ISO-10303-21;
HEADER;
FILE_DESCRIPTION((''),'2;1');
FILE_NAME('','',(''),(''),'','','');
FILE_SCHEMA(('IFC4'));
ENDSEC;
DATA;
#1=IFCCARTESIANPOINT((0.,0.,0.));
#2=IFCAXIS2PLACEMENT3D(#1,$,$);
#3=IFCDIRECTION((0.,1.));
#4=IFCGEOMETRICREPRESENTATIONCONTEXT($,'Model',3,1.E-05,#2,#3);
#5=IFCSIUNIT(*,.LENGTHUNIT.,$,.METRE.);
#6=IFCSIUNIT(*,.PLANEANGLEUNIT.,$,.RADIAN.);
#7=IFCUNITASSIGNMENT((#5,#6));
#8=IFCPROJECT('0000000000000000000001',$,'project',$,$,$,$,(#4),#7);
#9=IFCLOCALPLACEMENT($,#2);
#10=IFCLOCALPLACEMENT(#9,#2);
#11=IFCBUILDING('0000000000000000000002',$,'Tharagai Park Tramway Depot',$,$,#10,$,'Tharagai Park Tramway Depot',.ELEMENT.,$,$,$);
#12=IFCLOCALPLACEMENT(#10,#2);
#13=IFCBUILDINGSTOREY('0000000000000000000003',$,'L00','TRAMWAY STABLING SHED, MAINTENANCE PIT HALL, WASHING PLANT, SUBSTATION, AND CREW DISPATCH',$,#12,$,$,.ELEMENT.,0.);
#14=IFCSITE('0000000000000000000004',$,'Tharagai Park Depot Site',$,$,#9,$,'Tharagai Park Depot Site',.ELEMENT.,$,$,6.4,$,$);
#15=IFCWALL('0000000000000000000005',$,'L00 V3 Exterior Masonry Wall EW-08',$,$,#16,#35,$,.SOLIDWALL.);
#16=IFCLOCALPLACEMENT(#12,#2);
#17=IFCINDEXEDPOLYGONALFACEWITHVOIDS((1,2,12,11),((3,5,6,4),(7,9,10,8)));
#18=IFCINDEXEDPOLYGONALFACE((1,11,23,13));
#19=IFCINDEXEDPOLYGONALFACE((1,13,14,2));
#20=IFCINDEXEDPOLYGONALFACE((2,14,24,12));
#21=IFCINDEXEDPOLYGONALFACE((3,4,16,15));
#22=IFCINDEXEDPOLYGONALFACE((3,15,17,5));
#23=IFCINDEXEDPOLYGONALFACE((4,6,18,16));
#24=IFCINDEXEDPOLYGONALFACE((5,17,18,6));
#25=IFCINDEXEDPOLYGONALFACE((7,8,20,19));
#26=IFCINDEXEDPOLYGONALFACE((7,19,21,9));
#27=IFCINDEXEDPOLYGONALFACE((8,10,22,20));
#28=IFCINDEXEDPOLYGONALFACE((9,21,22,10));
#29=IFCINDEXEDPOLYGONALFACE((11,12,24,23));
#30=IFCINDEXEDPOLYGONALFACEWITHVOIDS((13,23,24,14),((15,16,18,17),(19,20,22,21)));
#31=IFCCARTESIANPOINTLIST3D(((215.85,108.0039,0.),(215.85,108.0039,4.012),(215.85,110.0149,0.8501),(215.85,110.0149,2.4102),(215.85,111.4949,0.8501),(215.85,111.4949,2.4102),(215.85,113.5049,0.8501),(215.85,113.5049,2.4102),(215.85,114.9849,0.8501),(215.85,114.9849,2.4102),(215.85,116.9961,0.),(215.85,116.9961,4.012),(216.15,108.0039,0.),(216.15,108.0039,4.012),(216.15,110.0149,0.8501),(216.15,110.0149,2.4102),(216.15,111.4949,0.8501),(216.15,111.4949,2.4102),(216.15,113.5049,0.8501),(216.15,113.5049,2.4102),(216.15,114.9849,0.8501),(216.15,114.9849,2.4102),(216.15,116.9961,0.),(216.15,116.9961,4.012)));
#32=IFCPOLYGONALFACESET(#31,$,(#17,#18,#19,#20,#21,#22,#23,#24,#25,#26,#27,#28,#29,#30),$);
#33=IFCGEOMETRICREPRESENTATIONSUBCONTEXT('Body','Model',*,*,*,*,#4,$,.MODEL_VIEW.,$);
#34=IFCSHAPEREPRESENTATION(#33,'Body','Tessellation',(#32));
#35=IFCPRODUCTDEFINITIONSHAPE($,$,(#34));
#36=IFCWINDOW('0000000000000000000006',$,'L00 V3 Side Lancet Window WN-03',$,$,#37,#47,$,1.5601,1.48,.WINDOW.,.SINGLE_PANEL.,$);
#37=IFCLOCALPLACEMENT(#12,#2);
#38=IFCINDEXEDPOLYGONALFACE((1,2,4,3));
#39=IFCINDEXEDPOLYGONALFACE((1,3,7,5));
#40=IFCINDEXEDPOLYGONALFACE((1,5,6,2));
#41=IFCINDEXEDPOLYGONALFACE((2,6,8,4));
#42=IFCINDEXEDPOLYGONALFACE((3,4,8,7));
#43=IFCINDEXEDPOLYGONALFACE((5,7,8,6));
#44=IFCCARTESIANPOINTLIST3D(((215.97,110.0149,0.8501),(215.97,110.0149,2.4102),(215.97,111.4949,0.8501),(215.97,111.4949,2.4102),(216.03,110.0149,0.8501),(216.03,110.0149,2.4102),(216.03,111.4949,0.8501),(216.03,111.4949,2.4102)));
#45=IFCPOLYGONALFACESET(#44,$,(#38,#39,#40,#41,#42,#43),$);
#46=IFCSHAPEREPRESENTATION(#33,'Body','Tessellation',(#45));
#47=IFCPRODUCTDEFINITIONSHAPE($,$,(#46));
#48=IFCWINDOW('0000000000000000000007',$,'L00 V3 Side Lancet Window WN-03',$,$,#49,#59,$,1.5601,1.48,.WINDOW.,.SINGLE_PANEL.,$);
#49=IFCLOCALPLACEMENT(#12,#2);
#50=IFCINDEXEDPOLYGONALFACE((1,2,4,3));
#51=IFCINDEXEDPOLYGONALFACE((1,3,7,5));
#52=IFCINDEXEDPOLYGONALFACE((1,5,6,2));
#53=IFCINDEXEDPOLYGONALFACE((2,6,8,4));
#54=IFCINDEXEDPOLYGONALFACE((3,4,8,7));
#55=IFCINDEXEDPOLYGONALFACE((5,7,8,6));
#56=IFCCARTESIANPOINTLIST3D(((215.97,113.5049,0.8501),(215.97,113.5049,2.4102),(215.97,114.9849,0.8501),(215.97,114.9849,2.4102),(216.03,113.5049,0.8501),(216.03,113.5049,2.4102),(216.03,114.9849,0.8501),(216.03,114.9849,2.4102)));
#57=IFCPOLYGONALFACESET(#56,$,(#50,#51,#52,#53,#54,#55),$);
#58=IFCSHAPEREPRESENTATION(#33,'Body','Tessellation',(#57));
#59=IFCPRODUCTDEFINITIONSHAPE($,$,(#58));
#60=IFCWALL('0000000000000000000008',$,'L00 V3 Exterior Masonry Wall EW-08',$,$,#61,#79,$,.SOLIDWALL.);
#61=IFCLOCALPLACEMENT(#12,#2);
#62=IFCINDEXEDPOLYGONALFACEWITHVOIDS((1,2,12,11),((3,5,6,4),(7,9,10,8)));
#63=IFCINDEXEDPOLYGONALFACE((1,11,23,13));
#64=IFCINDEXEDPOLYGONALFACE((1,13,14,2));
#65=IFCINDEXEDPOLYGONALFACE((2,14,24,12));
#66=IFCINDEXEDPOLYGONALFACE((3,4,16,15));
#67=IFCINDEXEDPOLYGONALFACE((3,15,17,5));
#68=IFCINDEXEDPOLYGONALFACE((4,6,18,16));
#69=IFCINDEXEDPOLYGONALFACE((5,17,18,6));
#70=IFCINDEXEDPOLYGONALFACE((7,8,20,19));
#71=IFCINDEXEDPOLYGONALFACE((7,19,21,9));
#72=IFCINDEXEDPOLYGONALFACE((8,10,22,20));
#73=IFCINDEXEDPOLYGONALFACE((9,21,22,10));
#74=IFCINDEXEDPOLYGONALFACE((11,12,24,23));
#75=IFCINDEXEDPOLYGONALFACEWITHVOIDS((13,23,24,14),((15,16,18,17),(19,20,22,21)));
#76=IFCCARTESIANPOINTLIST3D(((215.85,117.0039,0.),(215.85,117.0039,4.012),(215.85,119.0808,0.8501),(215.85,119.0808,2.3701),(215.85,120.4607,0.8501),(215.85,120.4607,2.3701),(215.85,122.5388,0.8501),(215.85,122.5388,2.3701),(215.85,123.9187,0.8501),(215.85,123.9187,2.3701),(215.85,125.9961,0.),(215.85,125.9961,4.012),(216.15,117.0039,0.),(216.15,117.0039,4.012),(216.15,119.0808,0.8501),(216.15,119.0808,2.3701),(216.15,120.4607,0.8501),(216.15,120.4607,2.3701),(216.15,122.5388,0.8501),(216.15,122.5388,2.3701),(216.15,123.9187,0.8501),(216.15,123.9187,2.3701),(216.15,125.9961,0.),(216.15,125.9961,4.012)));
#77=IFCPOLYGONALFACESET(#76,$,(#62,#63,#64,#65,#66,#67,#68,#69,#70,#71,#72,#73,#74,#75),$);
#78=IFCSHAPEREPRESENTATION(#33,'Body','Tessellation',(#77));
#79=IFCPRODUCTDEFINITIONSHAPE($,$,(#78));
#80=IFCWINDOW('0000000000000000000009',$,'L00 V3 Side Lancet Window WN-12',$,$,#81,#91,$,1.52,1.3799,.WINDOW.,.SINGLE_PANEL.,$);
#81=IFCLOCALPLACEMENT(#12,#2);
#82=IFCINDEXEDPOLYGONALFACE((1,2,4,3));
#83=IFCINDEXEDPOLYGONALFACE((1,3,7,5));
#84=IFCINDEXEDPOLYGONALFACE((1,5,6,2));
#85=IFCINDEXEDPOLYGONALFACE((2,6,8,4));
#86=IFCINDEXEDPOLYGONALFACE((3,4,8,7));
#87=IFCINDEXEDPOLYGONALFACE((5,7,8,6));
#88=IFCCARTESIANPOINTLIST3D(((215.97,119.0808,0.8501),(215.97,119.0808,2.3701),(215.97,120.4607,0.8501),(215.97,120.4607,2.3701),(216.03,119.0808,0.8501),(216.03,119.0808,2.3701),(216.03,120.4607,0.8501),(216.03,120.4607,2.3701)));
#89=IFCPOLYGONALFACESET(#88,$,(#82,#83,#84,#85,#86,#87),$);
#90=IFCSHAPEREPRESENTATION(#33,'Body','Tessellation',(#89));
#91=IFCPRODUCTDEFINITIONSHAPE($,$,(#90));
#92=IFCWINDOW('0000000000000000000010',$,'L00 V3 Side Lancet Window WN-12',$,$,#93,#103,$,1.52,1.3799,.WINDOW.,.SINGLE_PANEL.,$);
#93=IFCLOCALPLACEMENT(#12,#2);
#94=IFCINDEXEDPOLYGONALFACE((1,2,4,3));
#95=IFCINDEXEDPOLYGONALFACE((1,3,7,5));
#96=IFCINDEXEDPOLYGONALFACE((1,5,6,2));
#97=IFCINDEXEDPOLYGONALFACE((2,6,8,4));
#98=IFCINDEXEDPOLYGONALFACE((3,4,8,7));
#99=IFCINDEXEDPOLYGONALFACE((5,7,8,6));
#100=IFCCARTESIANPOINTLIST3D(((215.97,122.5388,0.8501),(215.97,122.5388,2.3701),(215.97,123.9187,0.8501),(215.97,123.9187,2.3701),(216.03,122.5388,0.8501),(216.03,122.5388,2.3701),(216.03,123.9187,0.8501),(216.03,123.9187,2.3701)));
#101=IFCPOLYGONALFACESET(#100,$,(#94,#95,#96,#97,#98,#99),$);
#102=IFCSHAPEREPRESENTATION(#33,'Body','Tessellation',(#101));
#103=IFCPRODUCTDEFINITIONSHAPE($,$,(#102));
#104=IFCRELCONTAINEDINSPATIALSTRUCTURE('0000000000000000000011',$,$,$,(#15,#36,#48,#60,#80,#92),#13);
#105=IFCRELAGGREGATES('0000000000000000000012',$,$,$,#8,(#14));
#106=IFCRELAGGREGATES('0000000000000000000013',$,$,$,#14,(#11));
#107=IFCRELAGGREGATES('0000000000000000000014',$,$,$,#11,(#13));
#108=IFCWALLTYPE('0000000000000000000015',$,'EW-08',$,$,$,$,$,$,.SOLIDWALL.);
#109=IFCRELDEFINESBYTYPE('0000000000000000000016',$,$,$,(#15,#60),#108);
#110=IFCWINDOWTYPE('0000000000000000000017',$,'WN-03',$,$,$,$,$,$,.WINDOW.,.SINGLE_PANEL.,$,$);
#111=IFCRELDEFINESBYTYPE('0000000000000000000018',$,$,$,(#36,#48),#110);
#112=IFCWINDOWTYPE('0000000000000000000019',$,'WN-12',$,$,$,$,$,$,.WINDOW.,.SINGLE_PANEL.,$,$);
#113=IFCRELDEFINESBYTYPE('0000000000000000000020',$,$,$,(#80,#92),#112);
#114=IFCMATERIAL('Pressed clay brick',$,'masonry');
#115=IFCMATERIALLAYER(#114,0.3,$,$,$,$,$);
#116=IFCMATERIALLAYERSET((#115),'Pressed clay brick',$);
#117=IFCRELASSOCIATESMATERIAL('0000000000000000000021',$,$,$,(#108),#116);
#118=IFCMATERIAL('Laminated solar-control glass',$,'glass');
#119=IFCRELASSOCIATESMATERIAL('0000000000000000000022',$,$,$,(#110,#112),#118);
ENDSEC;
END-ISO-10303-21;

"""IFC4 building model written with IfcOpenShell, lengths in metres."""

from ifc_helpers import new_model, si_unit, direction, frame, frame_2d, origin, place, context, subcontext, project, spatial, rectangle, extrude, material, layer, layer_set, type_object, element, fill, save


model = new_model("IFC4")

# Units and contexts
model_context = context("Model", 3, precision=1e-05, world=origin(), true_north=direction((0.0, 1.0)))
body_context = subcontext(model_context, "Body", "Model", "MODEL_VIEW")
ifc_project = project(units=[si_unit("LENGTHUNIT", "METRE"), si_unit("PLANEANGLEUNIT", "RADIAN")], contexts=[model_context])

# Site, building, storey
site_placement = place(None, origin())
site = spatial("IfcSite", under=ifc_project, at=site_placement, Name="Tharagai Park Depot Site", LongName="Tharagai Park Depot Site", CompositionType="ELEMENT", RefElevation=6.4)
building_placement = place(site_placement, origin())
building = spatial("IfcBuilding", under=site, at=building_placement, Name="Tharagai Park Tramway Depot", LongName="Tharagai Park Tramway Depot", CompositionType="ELEMENT")
storey_placement = place(building_placement, origin())
storey = spatial("IfcBuildingStorey", under=building, at=storey_placement, Name="L00", Description="TRAMWAY STABLING SHED, MAINTENANCE PIT HALL, WASHING PLANT, SUBSTATION, AND CREW DISPATCH", CompositionType="ELEMENT", Elevation=0.0)

# Walls, openings, windows
ifc_material_1 = material(Name="Pressed clay brick", Category="masonry")
ifc_layer = layer(ifc_material_1, 0.3)
ifc_layer_set = layer_set([ifc_layer], Name="Pressed clay brick")
wall_type = type_object("IfcWallType", Name="EW-08", PredefinedType="SOLIDWALL", material=ifc_layer_set)
wall_1_placement = place(storey_placement, frame((216.0, 108.0039, 0.0), z_axis=(0.0, 0.0, 1.0), x_axis=(0.0, 1.0, 0.0)))
wall_1 = element("IfcWall", 1, at=wall_1_placement, inside=storey, type_object=wall_type, Name="L00 V3 Exterior Masonry Wall EW-08", PredefinedType="SOLIDWALL", context=body_context, shape_type="SweptSolid", body=[
    extrude(rectangle(XDim=8.9922, YDim=0.3, at=frame_2d((4.4961, 0.0))), origin(), (0.0, 0.0, 1.0), 4.012),
])
opening_1_placement = place(wall_1_placement, frame((2.011, 0.0, 0.8501)))
opening_1 = element("IfcOpeningElement", 2, at=opening_1_placement, cuts=wall_1, PredefinedType="OPENING", context=body_context, shape_type="SweptSolid", body=[
    extrude(rectangle(XDim=1.48, YDim=1.5601, at=frame_2d((0.74, 0.78))), frame((0.0, 0.1599, 0.0), z_axis=(0.0, -1.0, 0.0), x_axis=(1.0, 0.0, 0.0)), (0.0, 0.0, 1.0), 0.3201),
])
opening_2_placement = place(wall_1_placement, frame((5.501, 0.0, 0.8501)))
opening_2 = element("IfcOpeningElement", 3, at=opening_2_placement, cuts=wall_1, PredefinedType="OPENING", context=body_context, shape_type="SweptSolid", body=[
    extrude(rectangle(XDim=1.48, YDim=1.5601, at=frame_2d((0.74, 0.78))), frame((0.0, 0.1599, 0.0), z_axis=(0.0, -1.0, 0.0), x_axis=(1.0, 0.0, 0.0)), (0.0, 0.0, 1.0), 0.3201),
])
ifc_material_2 = material(Name="Laminated solar-control glass", Category="glass")
window_type_1 = type_object("IfcWindowType", Name="WN-03", PartitioningType="SINGLE_PANEL", PredefinedType="WINDOW", material=ifc_material_2)
window_1_placement = place(opening_1_placement, origin())
window_1 = element("IfcWindow", 4, at=window_1_placement, inside=storey, type_object=window_type_1, Name="L00 V3 Side Lancet Window WN-03", OverallHeight=1.5601, OverallWidth=1.48, PartitioningType="SINGLE_PANEL", PredefinedType="WINDOW", context=body_context, shape_type="SweptSolid", body=[
    extrude(rectangle(XDim=1.48, YDim=1.5601, at=frame_2d((0.74, 0.78))), frame((0.0, 0.03, 0.0), z_axis=(0.0, -1.0, 0.0), x_axis=(1.0, 0.0, 0.0)), (0.0, 0.0, 1.0), 0.0601),
])
fill(opening_1, window_1)
window_2_placement = place(opening_2_placement, origin())
window_2 = element("IfcWindow", 5, at=window_2_placement, inside=storey, type_object=window_type_1, Name="L00 V3 Side Lancet Window WN-03", OverallHeight=1.5601, OverallWidth=1.48, PartitioningType="SINGLE_PANEL", PredefinedType="WINDOW", context=body_context, shape_type="SweptSolid", body=[
    extrude(rectangle(XDim=1.48, YDim=1.5601, at=frame_2d((0.74, 0.78))), frame((0.0, 0.03, 0.0), z_axis=(0.0, -1.0, 0.0), x_axis=(1.0, 0.0, 0.0)), (0.0, 0.0, 1.0), 0.0601),
])
fill(opening_2, window_2)
wall_2_placement = place(storey_placement, frame((216.0, 117.0039, 0.0), z_axis=(0.0, 0.0, 1.0), x_axis=(0.0, 1.0, 0.0)))
wall_2 = element("IfcWall", 6, at=wall_2_placement, inside=storey, type_object=wall_type, Name="L00 V3 Exterior Masonry Wall EW-08", PredefinedType="SOLIDWALL", context=body_context, shape_type="SweptSolid", body=[
    extrude(rectangle(XDim=8.9922, YDim=0.3, at=frame_2d((4.4961, 0.0))), origin(), (0.0, 0.0, 1.0), 4.012),
])
opening_3_placement = place(wall_2_placement, frame((2.0769, 0.0, 0.8501)))
opening_3 = element("IfcOpeningElement", 7, at=opening_3_placement, cuts=wall_2, PredefinedType="OPENING", context=body_context, shape_type="SweptSolid", body=[
    extrude(rectangle(XDim=1.3799, YDim=1.52, at=frame_2d((0.6899, 0.76))), frame((0.0, 0.1599, 0.0), z_axis=(0.0, -1.0, 0.0), x_axis=(1.0, 0.0, 0.0)), (0.0, 0.0, 1.0), 0.3201),
])
opening_4_placement = place(wall_2_placement, frame((5.5349, 0.0, 0.8501)))
opening_4 = element("IfcOpeningElement", 8, at=opening_4_placement, cuts=wall_2, PredefinedType="OPENING", context=body_context, shape_type="SweptSolid", body=[
    extrude(rectangle(XDim=1.3799, YDim=1.52, at=frame_2d((0.6899, 0.76))), frame((0.0, 0.1599, 0.0), z_axis=(0.0, -1.0, 0.0), x_axis=(1.0, 0.0, 0.0)), (0.0, 0.0, 1.0), 0.3201),
])
window_type_2 = type_object("IfcWindowType", Name="WN-12", PartitioningType="SINGLE_PANEL", PredefinedType="WINDOW", material=ifc_material_2)
window_3_placement = place(opening_3_placement, origin())
window_3 = element("IfcWindow", 9, at=window_3_placement, inside=storey, type_object=window_type_2, Name="L00 V3 Side Lancet Window WN-12", OverallHeight=1.52, OverallWidth=1.3799, PartitioningType="SINGLE_PANEL", PredefinedType="WINDOW", context=body_context, shape_type="SweptSolid", body=[
    extrude(rectangle(XDim=1.3799, YDim=1.52, at=frame_2d((0.6899, 0.76))), frame((0.0, 0.03, 0.0), z_axis=(0.0, -1.0, 0.0), x_axis=(1.0, 0.0, 0.0)), (0.0, 0.0, 1.0), 0.0601),
])
fill(opening_3, window_3)
window_4_placement = place(opening_4_placement, origin())
window_4 = element("IfcWindow", 10, at=window_4_placement, inside=storey, type_object=window_type_2, Name="L00 V3 Side Lancet Window WN-12", OverallHeight=1.52, OverallWidth=1.3799, PartitioningType="SINGLE_PANEL", PredefinedType="WINDOW", context=body_context, shape_type="SweptSolid", body=[
    extrude(rectangle(XDim=1.3799, YDim=1.52, at=frame_2d((0.6899, 0.76))), frame((0.0, 0.03, 0.0), z_axis=(0.0, -1.0, 0.0), x_axis=(1.0, 0.0, 0.0)), (0.0, 0.0, 1.0), 0.0601),
])
fill(opening_4, window_4)

save(model, "model.ifc")
